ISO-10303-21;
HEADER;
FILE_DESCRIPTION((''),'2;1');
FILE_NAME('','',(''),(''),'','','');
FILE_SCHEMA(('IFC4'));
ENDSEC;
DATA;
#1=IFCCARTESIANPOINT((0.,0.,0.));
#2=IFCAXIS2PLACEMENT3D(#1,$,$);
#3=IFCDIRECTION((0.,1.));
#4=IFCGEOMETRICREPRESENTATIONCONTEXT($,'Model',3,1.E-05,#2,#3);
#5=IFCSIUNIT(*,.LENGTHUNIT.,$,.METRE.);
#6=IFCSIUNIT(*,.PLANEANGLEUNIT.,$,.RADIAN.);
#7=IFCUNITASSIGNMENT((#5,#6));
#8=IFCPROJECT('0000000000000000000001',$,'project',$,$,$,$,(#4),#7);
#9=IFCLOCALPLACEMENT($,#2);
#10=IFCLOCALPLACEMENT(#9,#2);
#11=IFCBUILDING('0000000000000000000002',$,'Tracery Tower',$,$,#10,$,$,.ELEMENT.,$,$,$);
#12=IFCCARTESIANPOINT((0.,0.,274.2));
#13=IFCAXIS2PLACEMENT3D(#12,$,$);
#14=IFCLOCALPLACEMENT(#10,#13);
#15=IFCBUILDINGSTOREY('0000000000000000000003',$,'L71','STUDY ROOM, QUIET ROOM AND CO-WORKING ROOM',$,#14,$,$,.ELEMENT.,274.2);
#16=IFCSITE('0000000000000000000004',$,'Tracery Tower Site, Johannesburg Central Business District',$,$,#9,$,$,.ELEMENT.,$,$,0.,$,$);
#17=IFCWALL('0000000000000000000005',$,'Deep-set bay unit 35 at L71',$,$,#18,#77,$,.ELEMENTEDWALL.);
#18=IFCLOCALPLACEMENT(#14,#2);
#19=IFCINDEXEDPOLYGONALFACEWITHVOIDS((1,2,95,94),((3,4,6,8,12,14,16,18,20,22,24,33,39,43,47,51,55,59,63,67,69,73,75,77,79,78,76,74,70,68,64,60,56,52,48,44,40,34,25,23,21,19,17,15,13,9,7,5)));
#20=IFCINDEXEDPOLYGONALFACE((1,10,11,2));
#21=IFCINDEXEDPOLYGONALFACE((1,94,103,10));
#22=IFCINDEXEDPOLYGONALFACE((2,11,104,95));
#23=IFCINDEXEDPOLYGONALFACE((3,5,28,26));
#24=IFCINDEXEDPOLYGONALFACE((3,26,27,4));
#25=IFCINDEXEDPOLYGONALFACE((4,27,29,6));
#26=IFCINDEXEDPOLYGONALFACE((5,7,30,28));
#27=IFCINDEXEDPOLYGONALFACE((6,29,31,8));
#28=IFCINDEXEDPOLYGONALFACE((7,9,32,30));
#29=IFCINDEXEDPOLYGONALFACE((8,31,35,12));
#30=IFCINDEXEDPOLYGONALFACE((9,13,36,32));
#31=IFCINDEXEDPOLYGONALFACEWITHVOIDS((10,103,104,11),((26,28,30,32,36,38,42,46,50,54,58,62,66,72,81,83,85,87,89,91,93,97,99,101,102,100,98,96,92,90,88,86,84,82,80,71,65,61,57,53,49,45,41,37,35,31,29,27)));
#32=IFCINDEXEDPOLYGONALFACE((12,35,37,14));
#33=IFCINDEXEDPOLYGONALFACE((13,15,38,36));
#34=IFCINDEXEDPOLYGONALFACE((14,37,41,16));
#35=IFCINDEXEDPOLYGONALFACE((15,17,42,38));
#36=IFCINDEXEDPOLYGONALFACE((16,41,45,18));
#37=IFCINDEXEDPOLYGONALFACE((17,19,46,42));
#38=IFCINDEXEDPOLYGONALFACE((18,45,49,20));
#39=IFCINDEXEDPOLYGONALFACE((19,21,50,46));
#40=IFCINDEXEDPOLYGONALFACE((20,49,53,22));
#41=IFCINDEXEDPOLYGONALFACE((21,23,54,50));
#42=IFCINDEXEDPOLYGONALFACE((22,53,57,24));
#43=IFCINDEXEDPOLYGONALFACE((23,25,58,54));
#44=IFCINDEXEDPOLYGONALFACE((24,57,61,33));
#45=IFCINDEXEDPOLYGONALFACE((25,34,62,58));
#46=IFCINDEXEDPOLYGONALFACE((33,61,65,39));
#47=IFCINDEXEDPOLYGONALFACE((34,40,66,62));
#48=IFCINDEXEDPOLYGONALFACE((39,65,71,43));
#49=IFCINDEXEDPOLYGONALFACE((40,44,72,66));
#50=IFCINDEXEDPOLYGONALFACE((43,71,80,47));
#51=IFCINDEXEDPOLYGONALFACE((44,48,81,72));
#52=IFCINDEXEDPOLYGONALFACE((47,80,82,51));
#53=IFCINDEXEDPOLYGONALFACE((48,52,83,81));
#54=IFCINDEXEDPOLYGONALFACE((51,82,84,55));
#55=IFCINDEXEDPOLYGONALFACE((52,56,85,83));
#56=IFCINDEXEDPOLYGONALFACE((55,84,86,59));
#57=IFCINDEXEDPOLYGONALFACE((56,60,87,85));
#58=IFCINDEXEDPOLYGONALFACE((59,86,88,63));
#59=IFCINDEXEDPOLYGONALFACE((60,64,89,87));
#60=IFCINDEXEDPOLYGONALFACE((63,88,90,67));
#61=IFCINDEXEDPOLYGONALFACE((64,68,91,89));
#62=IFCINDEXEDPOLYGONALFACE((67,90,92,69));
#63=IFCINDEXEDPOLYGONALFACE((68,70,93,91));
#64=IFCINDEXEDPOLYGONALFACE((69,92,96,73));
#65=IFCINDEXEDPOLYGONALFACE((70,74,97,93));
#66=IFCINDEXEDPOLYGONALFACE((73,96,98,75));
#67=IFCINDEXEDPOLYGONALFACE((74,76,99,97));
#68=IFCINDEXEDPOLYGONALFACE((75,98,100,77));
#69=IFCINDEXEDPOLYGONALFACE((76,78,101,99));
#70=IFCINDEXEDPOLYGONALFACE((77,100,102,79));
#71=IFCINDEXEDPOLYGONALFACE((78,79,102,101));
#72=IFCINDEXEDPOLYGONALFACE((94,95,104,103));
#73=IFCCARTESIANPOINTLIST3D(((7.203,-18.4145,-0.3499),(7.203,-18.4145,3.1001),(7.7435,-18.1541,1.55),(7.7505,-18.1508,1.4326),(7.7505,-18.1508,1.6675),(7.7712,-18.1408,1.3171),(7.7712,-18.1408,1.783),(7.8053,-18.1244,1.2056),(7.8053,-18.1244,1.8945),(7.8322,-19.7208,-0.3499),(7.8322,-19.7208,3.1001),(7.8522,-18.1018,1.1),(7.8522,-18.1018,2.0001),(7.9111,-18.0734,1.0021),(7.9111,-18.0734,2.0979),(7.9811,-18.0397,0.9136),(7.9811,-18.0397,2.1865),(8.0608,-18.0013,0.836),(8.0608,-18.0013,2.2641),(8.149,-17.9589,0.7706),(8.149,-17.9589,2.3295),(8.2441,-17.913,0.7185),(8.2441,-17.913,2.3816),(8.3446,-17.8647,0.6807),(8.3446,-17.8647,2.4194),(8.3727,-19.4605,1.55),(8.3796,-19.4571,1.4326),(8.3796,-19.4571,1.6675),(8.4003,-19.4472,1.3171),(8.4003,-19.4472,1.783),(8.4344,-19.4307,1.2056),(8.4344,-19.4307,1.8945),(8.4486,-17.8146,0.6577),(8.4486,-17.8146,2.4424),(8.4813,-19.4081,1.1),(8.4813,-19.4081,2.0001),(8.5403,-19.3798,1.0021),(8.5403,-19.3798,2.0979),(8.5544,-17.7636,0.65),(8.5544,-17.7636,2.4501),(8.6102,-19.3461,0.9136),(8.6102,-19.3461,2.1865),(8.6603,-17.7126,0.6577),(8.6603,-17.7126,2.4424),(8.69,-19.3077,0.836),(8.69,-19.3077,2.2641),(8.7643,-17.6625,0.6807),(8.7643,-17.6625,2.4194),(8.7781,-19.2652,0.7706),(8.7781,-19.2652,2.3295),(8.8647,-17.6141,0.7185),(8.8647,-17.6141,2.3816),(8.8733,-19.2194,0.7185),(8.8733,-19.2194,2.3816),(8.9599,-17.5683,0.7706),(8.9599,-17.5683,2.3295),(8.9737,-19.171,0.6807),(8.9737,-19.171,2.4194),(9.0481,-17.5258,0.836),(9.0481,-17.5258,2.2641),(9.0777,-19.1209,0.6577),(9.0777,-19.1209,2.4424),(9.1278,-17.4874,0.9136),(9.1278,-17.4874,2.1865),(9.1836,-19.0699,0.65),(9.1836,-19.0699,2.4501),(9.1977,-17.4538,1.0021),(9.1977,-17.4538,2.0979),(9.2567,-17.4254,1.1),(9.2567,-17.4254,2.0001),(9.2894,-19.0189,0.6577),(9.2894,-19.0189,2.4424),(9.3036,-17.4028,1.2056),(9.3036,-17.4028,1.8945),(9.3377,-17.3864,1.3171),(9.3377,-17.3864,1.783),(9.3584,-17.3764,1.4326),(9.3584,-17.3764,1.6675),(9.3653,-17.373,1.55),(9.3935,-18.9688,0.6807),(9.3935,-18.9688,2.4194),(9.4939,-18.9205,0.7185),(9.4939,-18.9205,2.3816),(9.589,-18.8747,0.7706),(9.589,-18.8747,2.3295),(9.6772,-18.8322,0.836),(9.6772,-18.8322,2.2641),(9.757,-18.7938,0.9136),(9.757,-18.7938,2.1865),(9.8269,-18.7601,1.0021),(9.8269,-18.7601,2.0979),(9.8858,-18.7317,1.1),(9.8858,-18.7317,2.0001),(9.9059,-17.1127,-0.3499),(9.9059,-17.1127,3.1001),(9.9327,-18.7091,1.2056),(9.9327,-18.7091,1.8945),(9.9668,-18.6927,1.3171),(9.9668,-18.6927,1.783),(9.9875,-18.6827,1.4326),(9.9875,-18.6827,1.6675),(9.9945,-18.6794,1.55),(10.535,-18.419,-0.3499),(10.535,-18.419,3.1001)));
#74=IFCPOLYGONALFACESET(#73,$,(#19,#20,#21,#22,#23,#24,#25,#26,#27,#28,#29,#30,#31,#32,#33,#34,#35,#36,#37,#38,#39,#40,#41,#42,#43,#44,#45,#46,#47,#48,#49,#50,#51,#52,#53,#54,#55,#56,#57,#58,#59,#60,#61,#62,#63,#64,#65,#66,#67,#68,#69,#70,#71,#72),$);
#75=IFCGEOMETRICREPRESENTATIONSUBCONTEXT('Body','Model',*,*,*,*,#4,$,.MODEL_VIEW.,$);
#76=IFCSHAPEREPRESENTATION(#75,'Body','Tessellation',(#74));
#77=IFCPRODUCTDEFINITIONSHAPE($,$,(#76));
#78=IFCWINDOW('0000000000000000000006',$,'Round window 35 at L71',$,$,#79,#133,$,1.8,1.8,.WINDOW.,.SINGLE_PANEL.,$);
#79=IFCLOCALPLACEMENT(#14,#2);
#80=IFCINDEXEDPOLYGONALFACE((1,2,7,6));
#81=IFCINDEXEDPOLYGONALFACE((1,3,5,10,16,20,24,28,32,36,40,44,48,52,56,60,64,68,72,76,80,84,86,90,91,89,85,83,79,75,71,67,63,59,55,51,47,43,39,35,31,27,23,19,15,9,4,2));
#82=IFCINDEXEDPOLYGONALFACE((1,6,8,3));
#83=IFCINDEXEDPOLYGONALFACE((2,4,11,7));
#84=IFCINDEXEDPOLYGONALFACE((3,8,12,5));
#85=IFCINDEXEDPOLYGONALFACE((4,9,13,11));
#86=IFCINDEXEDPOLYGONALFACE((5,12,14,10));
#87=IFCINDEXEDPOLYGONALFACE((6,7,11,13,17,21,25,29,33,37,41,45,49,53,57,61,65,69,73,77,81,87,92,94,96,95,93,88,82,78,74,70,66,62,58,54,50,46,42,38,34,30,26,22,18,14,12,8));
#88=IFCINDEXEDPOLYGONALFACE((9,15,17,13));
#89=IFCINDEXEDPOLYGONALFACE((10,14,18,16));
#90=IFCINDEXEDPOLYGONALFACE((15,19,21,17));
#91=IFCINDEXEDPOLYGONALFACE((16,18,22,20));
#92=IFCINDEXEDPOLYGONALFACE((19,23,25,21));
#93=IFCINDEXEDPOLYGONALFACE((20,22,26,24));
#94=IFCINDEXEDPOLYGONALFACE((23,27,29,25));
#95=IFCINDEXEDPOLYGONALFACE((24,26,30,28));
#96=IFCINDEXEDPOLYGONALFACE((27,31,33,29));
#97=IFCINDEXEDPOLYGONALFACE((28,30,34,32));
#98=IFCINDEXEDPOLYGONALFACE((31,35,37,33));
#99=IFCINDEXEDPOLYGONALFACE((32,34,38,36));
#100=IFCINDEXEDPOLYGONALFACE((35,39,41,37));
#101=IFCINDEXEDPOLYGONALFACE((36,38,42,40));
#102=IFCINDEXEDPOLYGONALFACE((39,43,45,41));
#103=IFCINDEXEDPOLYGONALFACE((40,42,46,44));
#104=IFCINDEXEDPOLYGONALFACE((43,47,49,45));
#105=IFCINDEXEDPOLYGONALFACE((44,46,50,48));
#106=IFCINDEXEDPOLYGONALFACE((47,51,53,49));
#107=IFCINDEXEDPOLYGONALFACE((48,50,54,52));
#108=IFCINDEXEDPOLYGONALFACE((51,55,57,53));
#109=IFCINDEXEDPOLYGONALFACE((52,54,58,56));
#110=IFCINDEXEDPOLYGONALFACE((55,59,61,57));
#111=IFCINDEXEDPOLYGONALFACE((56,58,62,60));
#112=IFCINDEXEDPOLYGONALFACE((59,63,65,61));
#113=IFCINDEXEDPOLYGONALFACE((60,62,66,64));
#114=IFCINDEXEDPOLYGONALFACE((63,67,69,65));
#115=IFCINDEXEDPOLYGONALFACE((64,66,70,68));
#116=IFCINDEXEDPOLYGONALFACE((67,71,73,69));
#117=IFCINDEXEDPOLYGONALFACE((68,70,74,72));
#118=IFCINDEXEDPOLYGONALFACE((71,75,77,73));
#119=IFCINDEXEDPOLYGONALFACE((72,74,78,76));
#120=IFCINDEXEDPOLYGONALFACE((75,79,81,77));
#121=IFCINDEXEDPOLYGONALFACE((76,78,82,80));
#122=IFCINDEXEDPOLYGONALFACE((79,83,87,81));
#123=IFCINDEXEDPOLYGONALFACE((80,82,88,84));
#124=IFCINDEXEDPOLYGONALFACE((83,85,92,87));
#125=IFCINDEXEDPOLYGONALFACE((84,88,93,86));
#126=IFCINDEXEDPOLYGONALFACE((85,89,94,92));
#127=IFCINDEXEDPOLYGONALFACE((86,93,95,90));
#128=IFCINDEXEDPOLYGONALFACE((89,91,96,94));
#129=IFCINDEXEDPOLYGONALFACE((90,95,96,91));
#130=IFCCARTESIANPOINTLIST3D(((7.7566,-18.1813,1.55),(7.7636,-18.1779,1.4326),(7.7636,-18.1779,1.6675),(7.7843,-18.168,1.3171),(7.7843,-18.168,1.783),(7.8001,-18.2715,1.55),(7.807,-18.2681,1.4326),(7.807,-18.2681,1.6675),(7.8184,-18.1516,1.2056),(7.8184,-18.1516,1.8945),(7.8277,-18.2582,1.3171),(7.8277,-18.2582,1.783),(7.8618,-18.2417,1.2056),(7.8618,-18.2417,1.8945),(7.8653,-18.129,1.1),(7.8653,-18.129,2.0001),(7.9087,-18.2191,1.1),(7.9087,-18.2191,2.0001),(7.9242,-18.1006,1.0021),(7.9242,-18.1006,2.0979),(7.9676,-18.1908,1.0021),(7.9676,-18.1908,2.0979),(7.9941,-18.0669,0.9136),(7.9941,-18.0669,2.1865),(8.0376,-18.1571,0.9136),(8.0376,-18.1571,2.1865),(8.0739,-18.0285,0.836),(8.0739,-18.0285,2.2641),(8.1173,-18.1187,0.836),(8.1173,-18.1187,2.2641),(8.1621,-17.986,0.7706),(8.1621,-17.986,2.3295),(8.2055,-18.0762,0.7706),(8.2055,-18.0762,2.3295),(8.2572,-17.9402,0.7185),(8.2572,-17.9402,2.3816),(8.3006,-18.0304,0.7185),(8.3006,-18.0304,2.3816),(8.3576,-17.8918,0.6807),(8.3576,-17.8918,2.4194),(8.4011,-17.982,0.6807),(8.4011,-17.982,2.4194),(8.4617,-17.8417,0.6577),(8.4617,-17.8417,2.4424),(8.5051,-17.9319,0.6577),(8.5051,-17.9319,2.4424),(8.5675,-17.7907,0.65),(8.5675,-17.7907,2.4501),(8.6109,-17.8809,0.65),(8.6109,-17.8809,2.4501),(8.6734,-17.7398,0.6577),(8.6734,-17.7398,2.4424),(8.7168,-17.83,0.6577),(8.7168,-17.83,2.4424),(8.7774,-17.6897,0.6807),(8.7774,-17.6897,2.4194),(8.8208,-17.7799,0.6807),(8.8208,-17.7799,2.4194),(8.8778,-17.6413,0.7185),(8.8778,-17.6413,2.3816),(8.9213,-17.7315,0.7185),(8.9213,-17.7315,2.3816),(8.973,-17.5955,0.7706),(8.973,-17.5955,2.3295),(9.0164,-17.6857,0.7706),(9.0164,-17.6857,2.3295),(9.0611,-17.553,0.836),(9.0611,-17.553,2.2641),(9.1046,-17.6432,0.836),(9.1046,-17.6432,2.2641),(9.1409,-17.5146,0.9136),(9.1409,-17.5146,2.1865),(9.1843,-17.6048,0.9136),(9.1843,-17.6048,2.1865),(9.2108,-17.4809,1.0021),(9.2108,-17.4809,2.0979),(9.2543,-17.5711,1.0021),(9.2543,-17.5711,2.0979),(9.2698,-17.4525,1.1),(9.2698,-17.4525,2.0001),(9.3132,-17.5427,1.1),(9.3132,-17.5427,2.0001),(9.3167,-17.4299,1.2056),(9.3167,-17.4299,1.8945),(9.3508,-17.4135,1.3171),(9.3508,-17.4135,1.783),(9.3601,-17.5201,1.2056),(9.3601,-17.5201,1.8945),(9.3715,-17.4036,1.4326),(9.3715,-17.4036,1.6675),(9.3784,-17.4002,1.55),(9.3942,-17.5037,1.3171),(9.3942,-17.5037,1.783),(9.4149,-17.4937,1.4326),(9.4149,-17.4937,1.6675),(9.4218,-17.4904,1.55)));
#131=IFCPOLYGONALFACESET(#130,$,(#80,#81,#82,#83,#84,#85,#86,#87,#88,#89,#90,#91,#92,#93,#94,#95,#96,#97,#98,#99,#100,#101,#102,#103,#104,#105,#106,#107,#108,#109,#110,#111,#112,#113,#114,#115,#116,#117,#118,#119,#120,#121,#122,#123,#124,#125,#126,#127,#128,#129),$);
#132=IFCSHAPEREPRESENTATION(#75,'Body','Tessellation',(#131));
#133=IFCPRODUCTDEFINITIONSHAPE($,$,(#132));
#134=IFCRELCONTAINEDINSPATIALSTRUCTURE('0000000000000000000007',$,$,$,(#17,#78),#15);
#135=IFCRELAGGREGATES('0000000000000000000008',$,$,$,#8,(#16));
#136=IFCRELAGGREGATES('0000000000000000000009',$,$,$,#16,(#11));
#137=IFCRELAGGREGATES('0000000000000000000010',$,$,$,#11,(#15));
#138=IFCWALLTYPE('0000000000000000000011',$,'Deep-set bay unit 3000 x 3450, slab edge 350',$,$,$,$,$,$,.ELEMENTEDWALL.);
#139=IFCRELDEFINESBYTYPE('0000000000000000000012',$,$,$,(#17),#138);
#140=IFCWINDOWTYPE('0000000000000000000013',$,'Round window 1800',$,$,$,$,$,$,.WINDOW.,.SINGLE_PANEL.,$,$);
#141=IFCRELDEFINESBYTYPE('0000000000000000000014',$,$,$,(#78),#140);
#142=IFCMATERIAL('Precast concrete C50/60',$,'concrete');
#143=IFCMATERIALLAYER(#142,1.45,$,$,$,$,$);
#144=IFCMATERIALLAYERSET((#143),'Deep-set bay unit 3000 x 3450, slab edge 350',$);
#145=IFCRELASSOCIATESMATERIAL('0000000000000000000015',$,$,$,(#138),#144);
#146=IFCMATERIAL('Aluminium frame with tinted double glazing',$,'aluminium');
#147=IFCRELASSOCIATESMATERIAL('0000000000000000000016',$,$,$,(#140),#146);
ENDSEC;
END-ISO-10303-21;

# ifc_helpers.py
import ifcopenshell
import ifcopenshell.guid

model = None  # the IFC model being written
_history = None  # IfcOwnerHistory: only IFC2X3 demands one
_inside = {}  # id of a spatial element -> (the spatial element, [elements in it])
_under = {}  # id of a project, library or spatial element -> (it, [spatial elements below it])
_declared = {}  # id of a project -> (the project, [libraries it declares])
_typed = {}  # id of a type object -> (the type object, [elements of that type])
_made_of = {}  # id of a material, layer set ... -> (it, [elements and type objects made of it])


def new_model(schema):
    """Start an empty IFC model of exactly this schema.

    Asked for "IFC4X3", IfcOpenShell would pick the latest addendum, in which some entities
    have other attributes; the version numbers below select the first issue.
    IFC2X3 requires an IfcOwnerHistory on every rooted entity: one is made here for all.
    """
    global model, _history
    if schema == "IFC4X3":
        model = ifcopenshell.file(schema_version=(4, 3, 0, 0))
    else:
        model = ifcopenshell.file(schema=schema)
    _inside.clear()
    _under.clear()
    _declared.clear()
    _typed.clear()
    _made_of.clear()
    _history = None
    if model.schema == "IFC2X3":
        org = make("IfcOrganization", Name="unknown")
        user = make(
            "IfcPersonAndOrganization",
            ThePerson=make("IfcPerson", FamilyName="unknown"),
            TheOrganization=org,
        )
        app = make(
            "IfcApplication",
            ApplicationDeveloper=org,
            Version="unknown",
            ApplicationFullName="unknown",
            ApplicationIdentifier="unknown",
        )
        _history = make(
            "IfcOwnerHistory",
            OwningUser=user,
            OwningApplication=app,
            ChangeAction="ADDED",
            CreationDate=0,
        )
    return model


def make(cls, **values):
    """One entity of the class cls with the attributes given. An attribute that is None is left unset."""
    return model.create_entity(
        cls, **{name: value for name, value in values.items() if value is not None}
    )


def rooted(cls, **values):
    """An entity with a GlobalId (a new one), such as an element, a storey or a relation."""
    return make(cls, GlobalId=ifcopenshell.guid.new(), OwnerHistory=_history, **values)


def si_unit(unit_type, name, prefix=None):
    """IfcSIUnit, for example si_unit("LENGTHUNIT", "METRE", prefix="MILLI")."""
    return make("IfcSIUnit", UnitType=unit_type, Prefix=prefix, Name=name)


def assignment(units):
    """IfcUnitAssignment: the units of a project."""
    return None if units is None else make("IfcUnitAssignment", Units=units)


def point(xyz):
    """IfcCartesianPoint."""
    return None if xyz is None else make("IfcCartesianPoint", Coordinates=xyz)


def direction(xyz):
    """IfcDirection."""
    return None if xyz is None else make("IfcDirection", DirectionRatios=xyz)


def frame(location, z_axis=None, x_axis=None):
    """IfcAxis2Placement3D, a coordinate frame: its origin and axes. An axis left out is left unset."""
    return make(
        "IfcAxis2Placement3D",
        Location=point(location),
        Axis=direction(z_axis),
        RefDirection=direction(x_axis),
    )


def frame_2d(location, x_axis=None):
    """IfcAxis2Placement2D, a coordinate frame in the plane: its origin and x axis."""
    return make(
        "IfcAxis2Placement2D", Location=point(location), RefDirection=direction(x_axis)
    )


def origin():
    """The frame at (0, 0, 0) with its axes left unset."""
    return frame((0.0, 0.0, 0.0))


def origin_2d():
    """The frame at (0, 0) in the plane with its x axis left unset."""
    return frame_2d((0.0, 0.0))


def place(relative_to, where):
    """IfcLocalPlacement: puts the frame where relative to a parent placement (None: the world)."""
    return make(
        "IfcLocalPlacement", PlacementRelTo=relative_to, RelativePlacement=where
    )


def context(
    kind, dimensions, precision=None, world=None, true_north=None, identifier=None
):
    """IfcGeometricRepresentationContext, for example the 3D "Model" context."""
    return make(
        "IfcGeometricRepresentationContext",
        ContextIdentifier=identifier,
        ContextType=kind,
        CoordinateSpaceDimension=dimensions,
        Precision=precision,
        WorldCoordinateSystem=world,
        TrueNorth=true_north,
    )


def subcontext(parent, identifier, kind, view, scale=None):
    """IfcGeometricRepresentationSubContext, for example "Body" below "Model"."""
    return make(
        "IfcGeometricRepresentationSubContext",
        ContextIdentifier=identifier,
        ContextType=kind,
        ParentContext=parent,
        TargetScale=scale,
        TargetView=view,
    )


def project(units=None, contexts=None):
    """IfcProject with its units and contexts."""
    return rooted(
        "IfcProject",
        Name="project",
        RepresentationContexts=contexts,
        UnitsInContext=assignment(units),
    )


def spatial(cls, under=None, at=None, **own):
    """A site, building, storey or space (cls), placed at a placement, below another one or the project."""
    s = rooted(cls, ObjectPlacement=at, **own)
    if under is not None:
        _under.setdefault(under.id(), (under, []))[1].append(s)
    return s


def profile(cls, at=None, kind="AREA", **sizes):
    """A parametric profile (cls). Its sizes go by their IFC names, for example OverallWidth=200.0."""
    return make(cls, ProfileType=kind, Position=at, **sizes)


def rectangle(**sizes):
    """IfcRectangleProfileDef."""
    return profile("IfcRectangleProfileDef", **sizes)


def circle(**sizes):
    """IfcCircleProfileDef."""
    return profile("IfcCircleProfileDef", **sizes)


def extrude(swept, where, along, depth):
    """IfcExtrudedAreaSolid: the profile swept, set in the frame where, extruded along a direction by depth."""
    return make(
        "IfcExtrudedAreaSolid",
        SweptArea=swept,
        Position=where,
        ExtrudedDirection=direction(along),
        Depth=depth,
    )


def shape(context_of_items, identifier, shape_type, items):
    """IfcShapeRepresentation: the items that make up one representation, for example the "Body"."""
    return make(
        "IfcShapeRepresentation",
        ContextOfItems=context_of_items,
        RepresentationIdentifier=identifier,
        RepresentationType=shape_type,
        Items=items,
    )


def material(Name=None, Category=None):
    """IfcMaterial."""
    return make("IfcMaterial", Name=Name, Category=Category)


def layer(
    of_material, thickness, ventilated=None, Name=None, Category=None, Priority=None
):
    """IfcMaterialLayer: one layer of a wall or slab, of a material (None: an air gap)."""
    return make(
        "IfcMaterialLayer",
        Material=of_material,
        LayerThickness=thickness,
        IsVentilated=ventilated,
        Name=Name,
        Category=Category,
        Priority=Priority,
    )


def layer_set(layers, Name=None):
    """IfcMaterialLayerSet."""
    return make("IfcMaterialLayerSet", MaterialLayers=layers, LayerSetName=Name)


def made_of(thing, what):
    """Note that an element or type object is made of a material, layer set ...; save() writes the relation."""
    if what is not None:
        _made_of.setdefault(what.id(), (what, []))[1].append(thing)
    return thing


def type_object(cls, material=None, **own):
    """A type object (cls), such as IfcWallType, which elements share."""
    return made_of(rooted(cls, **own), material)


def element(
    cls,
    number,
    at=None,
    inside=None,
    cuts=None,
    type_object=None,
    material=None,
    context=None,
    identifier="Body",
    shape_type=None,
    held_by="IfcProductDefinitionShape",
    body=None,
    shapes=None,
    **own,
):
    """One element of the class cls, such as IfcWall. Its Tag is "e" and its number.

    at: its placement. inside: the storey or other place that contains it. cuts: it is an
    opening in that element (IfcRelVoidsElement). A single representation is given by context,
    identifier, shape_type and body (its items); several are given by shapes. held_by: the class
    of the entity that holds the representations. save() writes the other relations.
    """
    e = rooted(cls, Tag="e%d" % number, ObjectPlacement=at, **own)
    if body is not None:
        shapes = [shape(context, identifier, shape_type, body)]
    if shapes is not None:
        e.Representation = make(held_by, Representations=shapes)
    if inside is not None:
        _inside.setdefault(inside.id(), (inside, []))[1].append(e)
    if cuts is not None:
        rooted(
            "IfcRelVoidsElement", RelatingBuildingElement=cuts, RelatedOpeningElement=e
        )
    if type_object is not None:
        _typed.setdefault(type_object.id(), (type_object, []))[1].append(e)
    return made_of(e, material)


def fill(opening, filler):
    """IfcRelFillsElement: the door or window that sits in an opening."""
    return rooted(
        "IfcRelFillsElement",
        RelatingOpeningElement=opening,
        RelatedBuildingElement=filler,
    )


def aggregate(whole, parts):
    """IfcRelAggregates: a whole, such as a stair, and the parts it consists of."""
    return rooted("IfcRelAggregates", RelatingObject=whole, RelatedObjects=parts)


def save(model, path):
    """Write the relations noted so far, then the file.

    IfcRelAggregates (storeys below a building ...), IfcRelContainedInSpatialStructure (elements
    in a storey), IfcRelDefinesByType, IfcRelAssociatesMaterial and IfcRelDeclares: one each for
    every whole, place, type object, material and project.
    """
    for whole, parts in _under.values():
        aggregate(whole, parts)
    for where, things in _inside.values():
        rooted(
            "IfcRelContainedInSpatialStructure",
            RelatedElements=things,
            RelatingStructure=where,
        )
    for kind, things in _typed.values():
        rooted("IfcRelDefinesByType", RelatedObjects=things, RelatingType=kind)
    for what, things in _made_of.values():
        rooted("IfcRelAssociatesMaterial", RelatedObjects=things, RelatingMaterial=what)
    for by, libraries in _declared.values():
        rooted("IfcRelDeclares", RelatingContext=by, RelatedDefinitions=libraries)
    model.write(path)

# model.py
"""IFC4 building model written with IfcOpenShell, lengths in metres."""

from ifc_helpers import new_model, si_unit, direction, frame, frame_2d, origin, origin_2d, place, context, subcontext, project, spatial, rectangle, circle, extrude, material, layer, layer_set, type_object, element, fill, save


model = new_model("IFC4")

# Units and contexts
model_context = context("Model", 3, precision=1e-05, world=origin(), true_north=direction((0.0, 1.0)))
body_context = subcontext(model_context, "Body", "Model", "MODEL_VIEW")
ifc_project = project(units=[si_unit("LENGTHUNIT", "METRE"), si_unit("PLANEANGLEUNIT", "RADIAN")], contexts=[model_context])

# Site, building, storey
site_placement = place(None, origin())
site = spatial("IfcSite", under=ifc_project, at=site_placement, Name="Tracery Tower Site, Johannesburg Central Business District", CompositionType="ELEMENT", RefElevation=0.0)
building_placement = place(site_placement, origin())
building = spatial("IfcBuilding", under=site, at=building_placement, Name="Tracery Tower", CompositionType="ELEMENT")
storey_placement = place(building_placement, frame((0.0, 0.0, 274.2)))
storey = spatial("IfcBuildingStorey", under=building, at=storey_placement, Name="L71", Description="STUDY ROOM, QUIET ROOM AND CO-WORKING ROOM", CompositionType="ELEMENT", Elevation=274.2)

# Wall, opening, window
ifc_material_1 = material(Name="Precast concrete C50/60", Category="concrete")
ifc_layer_1 = layer(ifc_material_1, 1.45)
ifc_layer_set_1 = layer_set([ifc_layer_1], Name="Deep-set bay unit 3000 x 3450, slab edge 350")
wall_type_1 = type_object("IfcWallType", Name="Deep-set bay unit 3000 x 3450, slab edge 350", PredefinedType="ELEMENTEDWALL", material=ifc_layer_set_1)
wall_1_placement = place(storey_placement, frame((7.5176, -19.0676, -0.3499), z_axis=(0.0, 0.0, 1.0), x_axis=(0.900953, 0.433916, 0.0)))
wall_1 = element("IfcWall", 1, at=wall_1_placement, inside=storey, type_object=wall_type_1, Name="Deep-set bay unit 35 at L71", PredefinedType="ELEMENTEDWALL", context=body_context, shape_type="SweptSolid", body=[
    extrude(rectangle(XDim=3.0, YDim=1.45, at=frame_2d((1.5, 0.0))), origin(), (0.0, 0.0, 1.0), 3.45),
])
opening_1_placement = place(wall_1_placement, frame((1.5, 0.0, 1.8999)))
opening_1 = element("IfcOpeningElement", 2, at=opening_1_placement, cuts=wall_1, PredefinedType="OPENING", context=body_context, shape_type="SweptSolid", body=[
    extrude(circle(Radius=0.9, at=origin_2d()), frame((0.0, 0.7349, 0.0), z_axis=(0.0, -1.0, 0.0), x_axis=(1.0, 0.0, 0.0)), (0.0, 0.0, 1.0), 1.47),
])
ifc_material_2 = material(Name="Aluminium frame with tinted double glazing", Category="aluminium")
window_type = type_object("IfcWindowType", Name="Round window 1800", PartitioningType="SINGLE_PANEL", PredefinedType="WINDOW", material=ifc_material_2)
window_1_placement = place(opening_1_placement, origin())
window_1 = element("IfcWindow", 3, at=window_1_placement, inside=storey, type_object=window_type, Name="Round window 35 at L71", OverallHeight=1.8, OverallWidth=1.8, PartitioningType="SINGLE_PANEL", PredefinedType="WINDOW", context=body_context, shape_type="SweptSolid", body=[
    extrude(circle(Radius=0.9, at=origin_2d()), frame((0.0, 0.6948, 0.0), z_axis=(0.0, -1.0, 0.0), x_axis=(1.0, 0.0, 0.0)), (0.0, 0.0, 1.0), 0.1001),
])
fill(opening_1, window_1)

save(model, "model.ifc")
